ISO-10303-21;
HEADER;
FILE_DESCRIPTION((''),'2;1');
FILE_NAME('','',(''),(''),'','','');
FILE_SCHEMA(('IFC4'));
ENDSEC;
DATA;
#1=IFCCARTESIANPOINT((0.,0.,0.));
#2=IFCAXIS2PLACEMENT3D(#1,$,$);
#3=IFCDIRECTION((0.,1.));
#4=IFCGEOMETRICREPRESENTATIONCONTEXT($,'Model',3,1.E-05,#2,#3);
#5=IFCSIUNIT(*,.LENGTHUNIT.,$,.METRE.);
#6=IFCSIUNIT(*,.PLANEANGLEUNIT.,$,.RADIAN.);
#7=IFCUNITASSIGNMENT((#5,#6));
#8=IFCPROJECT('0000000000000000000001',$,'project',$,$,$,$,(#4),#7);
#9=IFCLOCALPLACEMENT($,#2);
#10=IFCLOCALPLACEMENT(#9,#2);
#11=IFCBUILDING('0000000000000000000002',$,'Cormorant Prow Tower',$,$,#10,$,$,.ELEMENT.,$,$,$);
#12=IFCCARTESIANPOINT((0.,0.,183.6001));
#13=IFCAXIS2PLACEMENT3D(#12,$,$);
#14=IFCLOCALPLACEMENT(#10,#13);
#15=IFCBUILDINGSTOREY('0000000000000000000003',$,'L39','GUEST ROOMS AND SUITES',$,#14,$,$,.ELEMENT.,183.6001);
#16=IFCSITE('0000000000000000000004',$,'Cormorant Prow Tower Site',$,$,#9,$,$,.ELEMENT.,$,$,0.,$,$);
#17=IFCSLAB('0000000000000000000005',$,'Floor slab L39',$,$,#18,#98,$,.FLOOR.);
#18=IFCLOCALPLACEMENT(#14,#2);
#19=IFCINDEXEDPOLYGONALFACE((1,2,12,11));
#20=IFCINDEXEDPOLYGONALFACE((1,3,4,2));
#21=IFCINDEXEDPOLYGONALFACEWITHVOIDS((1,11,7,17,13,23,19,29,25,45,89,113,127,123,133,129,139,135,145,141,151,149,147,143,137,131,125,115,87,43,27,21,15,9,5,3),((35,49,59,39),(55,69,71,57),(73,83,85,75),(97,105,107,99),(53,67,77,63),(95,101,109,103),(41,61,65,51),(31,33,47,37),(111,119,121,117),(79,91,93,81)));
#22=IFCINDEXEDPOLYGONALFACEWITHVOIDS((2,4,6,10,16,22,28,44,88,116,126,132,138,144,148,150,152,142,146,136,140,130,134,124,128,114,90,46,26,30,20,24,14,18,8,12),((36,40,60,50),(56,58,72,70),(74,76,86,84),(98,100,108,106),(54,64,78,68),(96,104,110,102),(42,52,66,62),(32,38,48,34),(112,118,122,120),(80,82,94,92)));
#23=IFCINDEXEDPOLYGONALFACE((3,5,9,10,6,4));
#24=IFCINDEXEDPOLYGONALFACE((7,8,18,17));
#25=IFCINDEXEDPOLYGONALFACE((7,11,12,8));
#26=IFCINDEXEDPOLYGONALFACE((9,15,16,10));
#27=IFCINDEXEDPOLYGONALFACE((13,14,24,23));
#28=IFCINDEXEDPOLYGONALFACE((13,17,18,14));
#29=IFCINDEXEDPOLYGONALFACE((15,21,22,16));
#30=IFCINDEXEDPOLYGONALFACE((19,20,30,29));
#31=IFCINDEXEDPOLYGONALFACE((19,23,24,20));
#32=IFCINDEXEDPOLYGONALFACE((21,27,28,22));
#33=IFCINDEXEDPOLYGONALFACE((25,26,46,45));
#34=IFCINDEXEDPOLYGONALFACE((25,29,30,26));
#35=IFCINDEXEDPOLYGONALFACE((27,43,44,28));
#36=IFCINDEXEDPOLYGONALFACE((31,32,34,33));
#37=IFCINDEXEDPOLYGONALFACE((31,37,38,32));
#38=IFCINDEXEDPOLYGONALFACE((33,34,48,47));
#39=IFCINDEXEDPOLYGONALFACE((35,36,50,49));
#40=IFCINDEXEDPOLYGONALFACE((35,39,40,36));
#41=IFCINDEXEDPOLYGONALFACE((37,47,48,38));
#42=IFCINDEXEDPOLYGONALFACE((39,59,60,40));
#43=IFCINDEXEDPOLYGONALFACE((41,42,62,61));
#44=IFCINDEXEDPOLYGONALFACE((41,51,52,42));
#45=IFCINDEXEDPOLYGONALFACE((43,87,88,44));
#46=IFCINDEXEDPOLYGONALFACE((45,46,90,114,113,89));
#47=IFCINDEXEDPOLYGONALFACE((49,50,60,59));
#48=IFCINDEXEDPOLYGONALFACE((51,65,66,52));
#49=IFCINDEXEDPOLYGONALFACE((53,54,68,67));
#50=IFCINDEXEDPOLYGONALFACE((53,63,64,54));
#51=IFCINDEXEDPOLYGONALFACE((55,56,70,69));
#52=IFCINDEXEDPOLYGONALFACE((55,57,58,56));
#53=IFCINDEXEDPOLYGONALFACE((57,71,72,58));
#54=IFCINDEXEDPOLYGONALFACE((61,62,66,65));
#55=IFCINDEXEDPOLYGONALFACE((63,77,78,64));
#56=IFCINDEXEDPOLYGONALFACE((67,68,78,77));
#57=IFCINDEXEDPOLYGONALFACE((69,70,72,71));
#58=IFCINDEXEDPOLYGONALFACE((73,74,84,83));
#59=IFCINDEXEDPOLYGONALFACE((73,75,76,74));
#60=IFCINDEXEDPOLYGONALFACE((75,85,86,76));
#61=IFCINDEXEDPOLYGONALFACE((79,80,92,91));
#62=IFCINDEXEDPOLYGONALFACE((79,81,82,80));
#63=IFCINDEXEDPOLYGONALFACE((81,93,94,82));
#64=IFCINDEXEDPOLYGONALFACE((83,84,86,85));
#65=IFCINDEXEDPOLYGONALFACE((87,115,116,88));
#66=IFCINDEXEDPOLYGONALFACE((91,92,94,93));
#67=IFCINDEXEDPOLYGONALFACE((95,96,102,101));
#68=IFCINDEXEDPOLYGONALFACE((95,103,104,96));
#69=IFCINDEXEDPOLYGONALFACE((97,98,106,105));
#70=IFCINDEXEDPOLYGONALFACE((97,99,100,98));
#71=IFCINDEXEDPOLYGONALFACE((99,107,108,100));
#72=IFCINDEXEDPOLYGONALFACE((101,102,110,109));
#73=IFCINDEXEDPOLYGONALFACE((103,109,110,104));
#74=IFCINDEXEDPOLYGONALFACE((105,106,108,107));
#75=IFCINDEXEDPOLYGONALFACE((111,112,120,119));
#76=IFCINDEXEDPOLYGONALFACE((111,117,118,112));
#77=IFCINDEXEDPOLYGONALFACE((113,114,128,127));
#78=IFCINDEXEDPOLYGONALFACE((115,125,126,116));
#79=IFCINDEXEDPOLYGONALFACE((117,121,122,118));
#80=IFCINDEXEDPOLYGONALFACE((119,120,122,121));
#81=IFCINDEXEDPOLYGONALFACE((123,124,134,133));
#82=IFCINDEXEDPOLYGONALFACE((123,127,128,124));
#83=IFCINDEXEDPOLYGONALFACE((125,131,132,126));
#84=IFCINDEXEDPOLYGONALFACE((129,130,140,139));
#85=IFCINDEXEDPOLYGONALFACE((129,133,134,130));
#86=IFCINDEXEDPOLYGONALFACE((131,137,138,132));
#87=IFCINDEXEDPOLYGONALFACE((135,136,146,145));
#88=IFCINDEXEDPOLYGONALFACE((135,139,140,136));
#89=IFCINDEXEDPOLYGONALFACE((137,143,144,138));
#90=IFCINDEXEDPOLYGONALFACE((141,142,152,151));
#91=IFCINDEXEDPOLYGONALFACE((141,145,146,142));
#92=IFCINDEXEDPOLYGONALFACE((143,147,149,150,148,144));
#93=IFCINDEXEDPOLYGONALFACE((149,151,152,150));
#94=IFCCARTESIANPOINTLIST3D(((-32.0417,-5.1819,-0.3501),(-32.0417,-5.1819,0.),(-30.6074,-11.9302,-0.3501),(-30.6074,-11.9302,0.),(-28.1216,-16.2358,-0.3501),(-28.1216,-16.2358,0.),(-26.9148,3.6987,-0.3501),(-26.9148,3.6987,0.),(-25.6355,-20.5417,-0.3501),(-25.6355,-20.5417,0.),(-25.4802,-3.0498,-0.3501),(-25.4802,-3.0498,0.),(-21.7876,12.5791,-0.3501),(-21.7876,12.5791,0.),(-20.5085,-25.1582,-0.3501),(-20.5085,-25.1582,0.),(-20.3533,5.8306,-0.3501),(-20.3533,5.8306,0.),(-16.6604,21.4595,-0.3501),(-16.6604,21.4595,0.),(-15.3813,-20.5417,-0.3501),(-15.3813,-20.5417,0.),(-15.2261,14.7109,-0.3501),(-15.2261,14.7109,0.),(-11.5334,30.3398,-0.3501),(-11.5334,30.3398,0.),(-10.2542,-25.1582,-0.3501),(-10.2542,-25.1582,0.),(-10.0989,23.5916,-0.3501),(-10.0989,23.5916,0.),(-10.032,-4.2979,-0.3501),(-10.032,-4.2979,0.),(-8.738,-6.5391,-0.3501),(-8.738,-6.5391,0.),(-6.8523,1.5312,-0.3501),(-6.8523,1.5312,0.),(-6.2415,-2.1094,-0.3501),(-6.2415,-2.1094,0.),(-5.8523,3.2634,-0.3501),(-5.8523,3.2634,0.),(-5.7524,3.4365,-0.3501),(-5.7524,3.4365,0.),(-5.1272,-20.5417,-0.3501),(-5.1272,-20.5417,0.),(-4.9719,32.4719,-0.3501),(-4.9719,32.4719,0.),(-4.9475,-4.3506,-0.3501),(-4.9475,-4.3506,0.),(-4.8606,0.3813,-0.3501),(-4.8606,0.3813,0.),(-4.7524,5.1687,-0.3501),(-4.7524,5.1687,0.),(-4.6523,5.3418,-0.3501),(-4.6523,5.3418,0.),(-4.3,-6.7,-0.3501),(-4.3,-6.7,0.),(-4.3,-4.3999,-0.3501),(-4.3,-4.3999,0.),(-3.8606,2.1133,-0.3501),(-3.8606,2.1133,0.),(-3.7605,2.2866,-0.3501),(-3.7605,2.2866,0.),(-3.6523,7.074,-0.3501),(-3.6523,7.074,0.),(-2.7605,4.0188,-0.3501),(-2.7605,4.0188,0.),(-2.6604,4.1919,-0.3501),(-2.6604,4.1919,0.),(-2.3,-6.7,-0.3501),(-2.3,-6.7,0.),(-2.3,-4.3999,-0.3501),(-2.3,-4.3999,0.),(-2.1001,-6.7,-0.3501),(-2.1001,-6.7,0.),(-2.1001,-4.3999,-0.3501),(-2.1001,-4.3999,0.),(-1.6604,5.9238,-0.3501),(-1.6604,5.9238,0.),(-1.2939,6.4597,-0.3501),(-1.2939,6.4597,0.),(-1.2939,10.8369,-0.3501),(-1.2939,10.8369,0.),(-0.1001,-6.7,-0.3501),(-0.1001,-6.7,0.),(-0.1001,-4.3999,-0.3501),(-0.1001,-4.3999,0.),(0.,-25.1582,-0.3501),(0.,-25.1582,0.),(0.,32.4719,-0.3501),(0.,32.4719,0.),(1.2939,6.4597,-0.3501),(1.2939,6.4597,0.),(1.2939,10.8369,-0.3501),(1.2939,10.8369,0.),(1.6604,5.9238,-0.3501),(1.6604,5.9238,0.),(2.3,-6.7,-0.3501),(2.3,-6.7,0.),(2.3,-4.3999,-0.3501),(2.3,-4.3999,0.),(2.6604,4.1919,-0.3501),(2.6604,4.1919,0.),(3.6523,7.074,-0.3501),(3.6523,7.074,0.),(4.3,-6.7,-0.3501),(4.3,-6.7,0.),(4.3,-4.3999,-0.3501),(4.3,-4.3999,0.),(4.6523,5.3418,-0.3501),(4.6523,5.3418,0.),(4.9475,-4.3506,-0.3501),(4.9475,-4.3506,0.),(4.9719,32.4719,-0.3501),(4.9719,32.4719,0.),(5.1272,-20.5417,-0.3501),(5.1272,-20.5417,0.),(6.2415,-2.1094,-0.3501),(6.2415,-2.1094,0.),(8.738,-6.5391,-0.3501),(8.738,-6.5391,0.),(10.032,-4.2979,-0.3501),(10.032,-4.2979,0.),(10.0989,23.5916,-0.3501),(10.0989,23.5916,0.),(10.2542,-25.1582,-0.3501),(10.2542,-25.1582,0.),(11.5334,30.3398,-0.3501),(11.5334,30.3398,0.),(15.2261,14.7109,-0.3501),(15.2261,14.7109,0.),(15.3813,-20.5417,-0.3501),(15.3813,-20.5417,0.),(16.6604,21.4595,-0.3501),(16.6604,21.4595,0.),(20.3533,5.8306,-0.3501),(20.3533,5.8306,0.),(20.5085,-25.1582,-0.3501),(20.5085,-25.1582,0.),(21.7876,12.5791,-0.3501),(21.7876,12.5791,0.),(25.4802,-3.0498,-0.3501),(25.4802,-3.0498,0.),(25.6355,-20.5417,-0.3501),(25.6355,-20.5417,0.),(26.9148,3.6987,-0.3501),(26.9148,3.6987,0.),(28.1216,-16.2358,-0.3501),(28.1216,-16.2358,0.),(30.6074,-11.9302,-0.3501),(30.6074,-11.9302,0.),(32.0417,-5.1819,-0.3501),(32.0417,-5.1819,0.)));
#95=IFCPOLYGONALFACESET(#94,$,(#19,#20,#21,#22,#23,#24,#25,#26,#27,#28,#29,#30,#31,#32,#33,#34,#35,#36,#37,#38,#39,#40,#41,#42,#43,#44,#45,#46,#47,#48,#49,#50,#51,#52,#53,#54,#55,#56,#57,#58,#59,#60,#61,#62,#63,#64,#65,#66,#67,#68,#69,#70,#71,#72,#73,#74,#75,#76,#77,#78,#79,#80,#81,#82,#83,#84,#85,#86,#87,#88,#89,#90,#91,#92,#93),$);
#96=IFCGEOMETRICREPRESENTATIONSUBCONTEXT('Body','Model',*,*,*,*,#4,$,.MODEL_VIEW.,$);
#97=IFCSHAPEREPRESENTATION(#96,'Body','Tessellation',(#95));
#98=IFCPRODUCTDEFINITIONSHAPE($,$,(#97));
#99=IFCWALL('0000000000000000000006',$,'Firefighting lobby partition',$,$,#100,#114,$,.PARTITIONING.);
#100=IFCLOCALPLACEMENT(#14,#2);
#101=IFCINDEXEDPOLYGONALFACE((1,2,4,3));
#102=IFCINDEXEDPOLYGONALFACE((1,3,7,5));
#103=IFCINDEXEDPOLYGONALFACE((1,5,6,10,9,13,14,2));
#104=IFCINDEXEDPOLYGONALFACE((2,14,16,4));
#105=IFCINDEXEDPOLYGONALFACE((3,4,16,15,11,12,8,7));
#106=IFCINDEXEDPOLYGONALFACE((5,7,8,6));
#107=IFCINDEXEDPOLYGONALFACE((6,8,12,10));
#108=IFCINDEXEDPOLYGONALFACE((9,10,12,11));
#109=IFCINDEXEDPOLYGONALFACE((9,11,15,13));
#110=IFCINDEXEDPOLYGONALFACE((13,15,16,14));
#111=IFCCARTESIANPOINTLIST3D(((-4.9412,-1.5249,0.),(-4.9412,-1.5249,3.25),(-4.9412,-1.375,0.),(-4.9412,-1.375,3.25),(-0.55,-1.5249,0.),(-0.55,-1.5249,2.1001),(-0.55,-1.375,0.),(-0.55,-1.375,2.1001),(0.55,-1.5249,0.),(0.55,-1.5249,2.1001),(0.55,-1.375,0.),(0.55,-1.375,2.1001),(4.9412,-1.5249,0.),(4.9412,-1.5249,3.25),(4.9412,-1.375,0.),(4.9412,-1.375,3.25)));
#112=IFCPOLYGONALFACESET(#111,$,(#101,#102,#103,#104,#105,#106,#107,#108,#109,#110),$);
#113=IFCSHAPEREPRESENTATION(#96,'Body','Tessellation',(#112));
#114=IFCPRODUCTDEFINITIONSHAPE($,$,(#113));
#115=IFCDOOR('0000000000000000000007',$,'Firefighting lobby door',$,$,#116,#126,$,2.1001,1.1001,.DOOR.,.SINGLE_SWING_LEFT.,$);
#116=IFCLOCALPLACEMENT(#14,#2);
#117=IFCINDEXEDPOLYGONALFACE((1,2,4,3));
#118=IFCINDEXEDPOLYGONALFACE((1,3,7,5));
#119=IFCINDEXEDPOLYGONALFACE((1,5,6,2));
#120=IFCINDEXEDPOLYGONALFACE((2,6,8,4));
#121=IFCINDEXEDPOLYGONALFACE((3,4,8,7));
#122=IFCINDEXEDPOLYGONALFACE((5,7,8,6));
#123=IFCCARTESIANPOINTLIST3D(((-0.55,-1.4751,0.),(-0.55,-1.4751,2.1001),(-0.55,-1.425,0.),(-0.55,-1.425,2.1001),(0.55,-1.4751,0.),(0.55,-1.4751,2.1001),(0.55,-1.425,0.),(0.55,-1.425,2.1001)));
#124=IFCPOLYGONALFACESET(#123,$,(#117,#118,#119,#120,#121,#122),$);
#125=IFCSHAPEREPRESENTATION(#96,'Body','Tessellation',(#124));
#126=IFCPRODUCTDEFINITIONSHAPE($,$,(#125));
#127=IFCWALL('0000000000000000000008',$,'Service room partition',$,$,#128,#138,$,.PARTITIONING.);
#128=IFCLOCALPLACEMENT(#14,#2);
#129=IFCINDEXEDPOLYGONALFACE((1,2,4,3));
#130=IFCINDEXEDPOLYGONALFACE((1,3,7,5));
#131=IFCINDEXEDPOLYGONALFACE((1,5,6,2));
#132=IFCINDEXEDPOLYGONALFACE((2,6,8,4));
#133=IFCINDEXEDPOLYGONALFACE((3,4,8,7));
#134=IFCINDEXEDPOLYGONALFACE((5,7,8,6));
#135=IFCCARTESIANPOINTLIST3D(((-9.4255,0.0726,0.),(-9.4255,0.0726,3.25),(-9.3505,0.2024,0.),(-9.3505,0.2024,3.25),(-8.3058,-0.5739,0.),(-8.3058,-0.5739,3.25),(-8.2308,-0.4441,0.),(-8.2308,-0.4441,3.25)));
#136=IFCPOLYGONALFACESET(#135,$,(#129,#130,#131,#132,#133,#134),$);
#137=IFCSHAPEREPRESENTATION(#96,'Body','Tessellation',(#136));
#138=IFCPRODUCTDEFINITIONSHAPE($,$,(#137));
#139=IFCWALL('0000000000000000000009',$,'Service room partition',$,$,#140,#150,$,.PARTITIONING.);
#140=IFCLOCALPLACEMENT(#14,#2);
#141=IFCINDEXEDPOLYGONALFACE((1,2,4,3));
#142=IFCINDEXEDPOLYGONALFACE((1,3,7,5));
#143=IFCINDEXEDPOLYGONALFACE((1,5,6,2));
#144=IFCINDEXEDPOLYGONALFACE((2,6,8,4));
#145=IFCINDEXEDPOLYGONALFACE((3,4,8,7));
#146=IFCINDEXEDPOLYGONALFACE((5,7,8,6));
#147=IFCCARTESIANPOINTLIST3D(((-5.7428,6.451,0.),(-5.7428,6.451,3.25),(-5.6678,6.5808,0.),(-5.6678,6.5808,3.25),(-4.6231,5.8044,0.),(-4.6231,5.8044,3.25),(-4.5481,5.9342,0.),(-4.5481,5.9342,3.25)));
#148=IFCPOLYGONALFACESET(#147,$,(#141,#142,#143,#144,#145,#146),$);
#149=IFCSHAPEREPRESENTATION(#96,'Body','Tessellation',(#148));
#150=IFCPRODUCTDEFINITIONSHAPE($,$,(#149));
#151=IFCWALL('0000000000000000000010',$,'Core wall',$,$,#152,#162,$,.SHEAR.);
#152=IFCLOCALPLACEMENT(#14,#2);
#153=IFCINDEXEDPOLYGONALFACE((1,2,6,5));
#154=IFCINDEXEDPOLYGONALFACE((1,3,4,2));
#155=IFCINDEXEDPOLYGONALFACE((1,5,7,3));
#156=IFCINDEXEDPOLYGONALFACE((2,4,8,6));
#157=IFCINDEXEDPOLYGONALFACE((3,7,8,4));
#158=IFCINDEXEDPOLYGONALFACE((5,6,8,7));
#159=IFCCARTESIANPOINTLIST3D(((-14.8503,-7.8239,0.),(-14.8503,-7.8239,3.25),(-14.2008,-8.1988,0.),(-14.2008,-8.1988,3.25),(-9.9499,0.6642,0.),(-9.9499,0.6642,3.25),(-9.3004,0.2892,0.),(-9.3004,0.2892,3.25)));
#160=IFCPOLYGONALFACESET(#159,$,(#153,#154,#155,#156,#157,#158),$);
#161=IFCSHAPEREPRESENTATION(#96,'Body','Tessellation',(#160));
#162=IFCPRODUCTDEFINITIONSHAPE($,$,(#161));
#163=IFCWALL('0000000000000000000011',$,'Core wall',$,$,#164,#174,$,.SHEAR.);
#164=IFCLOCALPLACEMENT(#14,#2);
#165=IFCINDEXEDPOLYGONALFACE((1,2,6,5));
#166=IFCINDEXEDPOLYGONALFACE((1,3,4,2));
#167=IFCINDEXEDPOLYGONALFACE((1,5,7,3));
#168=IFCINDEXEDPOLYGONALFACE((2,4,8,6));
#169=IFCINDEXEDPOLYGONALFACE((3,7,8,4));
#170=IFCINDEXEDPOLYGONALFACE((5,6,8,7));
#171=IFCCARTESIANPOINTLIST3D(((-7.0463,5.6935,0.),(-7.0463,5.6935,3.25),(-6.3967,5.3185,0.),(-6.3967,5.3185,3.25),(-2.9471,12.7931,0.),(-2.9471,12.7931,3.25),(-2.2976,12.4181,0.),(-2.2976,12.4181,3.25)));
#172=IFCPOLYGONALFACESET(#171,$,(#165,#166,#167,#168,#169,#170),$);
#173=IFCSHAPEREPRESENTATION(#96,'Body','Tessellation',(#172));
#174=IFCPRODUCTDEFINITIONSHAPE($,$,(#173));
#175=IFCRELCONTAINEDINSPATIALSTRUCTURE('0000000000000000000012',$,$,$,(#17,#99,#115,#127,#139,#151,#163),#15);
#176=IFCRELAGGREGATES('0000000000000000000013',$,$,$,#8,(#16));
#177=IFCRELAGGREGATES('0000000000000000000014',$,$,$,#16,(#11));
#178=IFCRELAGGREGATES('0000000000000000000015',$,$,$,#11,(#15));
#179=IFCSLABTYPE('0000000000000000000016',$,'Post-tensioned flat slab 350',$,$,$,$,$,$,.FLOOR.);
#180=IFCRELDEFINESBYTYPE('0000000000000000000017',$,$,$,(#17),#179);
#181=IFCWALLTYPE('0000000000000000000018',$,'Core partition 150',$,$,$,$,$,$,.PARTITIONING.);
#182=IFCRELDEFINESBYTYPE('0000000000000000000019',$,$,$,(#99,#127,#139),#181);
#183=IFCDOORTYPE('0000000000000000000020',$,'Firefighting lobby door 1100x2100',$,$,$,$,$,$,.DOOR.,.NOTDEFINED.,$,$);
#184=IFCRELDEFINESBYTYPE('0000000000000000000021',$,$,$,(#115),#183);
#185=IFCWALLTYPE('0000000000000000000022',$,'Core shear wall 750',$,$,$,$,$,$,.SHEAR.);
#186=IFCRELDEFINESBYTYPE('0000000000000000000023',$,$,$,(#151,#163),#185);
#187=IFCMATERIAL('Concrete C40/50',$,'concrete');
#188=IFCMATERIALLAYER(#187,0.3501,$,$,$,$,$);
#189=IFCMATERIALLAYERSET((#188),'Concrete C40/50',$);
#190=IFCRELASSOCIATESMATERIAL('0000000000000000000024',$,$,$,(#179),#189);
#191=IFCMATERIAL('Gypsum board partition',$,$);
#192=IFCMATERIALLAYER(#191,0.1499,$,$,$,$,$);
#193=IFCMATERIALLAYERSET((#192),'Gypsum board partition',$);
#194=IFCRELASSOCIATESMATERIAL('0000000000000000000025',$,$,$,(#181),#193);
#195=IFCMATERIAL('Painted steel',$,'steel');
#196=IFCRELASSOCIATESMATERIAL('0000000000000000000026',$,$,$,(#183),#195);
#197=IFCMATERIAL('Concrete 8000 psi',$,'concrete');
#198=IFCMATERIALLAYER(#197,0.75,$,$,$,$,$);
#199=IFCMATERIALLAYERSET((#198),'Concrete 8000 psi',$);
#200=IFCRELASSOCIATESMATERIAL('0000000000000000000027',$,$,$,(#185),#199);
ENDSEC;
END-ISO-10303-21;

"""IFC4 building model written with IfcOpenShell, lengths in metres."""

from ifc_helpers import new_model, si_unit, direction, frame, frame_2d, origin, place, context, subcontext, project, spatial, polyline, rectangle, outline, extrude, material, layer, layer_set, type_object, element, fill, save


model = new_model("IFC4")

# Units and contexts
model_context = context("Model", 3, precision=1e-05, world=origin(), true_north=direction((0.0, 1.0)))
body_context = subcontext(model_context, "Body", "Model", "MODEL_VIEW")
ifc_project = project(units=[si_unit("LENGTHUNIT", "METRE"), si_unit("PLANEANGLEUNIT", "RADIAN")], contexts=[model_context])

# Site, building, storey
site_placement = place(None, origin())
site = spatial("IfcSite", under=ifc_project, at=site_placement, Name="Cormorant Prow Tower Site", CompositionType="ELEMENT", RefElevation=0.0)
building_placement = place(site_placement, origin())
building = spatial("IfcBuilding", under=site, at=building_placement, Name="Cormorant Prow Tower", CompositionType="ELEMENT")
storey_placement = place(building_placement, frame((0.0, 0.0, 183.6001)))
storey = spatial("IfcBuildingStorey", under=building, at=storey_placement, Name="L39", Description="GUEST ROOMS AND SUITES", CompositionType="ELEMENT", Elevation=183.6001)

# Slab
ifc_material_1 = material(Name="Concrete C40/50", Category="concrete")
ifc_layer_1 = layer(ifc_material_1, 0.3501)
ifc_layer_set_1 = layer_set([ifc_layer_1], Name="Concrete C40/50")
slab_type_1 = type_object("IfcSlabType", Name="Post-tensioned flat slab 350", PredefinedType="FLOOR", material=ifc_layer_set_1)
slab_1_placement = place(storey_placement, frame((0.0, 0.0, -0.3501)))
element("IfcSlab", 1, at=slab_1_placement, inside=storey, type_object=slab_type_1, Name="Floor slab L39", PredefinedType="FLOOR", context=body_context, shape_type="SweptSolid", body=[
    extrude(outline(polyline([(-10.0989, 23.5916), (-16.6604, 21.4595), (-15.2261, 14.7109), (-21.7876, 12.5791), (-20.3533, 5.8306), (-26.9148, 3.6987), (-25.4802, -3.0498), (-32.0417, -5.1819), (-30.6074, -11.9302), (-28.1216, -16.2358), (-25.6355, -20.5417), (-20.5085, -25.1582), (-15.3813, -20.5417), (-10.2542, -25.1582), (-5.1272, -20.5417), (0.0, -25.1582), (5.1272, -20.5417), (10.2542, -25.1582), (15.3813, -20.5417), (20.5085, -25.1582), (25.6355, -20.5417), (28.1216, -16.2358), (30.6074, -11.9302), (32.0417, -5.1819), (25.4802, -3.0498), (26.9148, 3.6987), (20.3533, 5.8306), (21.7876, 12.5791), (15.2261, 14.7109), (16.6604, 21.4595), (10.0989, 23.5916), (11.5334, 30.3398), (4.9719, 32.4719), (0.0, 32.4719), (-4.9719, 32.4719), (-11.5334, 30.3398), (-10.0989, 23.5916)]), holes=[polyline([(-4.3, -4.3999), (-2.3, -4.3999), (-2.3, -6.7), (-4.3, -6.7), (-4.3, -4.3999)]), polyline([(-0.1001, -4.3999), (-0.1001, -6.7), (-2.1001, -6.7), (-2.1001, -4.3999), (-0.1001, -4.3999)]), polyline([(4.3, -6.7), (2.3, -6.7), (2.3, -4.3999), (4.3, -4.3999), (4.3, -6.7)]), polyline([(4.6523, 5.3418), (2.6604, 4.1919), (1.6604, 5.9238), (3.6523, 7.074), (4.6523, 5.3418)]), polyline([(-1.6604, 5.9238), (-2.6604, 4.1919), (-4.6523, 5.3418), (-3.6523, 7.074), (-1.6604, 5.9238)]), polyline([(-3.7605, 2.2866), (-5.7524, 3.4365), (-4.7524, 5.1687), (-2.7605, 4.0188), (-3.7605, 2.2866)]), polyline([(-6.8523, 1.5312), (-5.8523, 3.2634), (-3.8606, 2.1133), (-4.8606, 0.3813), (-6.8523, 1.5312)]), polyline([(-4.9475, -4.3506), (-8.738, -6.5391), (-10.032, -4.2979), (-6.2415, -2.1094), (-4.9475, -4.3506)]), polyline([(10.032, -4.2979), (8.738, -6.5391), (4.9475, -4.3506), (6.2415, -2.1094), (10.032, -4.2979)]), polyline([(1.2939, 10.8369), (1.2939, 6.4597), (-1.2939, 6.4597), (-1.2939, 10.8369), (1.2939, 10.8369)])]), origin(), (0.0, 0.0, 1.0), 0.3501),
])

# Wall, opening, door
ifc_material_2 = material(Name="Gypsum board partition")
ifc_layer_2 = layer(ifc_material_2, 0.1499)
ifc_layer_set_2 = layer_set([ifc_layer_2], Name="Gypsum board partition")
wall_type_1 = type_object("IfcWallType", Name="Core partition 150", PredefinedType="PARTITIONING", material=ifc_layer_set_2)
wall_1_placement = place(storey_placement, frame((-4.9412, -1.45, 0.0), z_axis=(0.0, 0.0, 1.0), x_axis=(1.0, 0.0, 0.0)))
wall_1 = element("IfcWall", 2, at=wall_1_placement, inside=storey, type_object=wall_type_1, Name="Firefighting lobby partition", PredefinedType="PARTITIONING", context=body_context, shape_type="SweptSolid", body=[
    extrude(rectangle(XDim=9.8823, YDim=0.1499, at=frame_2d((4.9412, 0.0))), origin(), (0.0, 0.0, 1.0), 3.25),
])
opening_1_placement = place(wall_1_placement, frame((4.3911, 0.0, 0.0)))
opening_1 = element("IfcOpeningElement", 3, at=opening_1_placement, cuts=wall_1, PredefinedType="OPENING", context=body_context, shape_type="SweptSolid", body=[
    extrude(rectangle(XDim=1.1001, YDim=2.1001, at=frame_2d((0.55, 1.05))), frame((0.0, 0.085, 0.0), z_axis=(0.0, -1.0, 0.0), x_axis=(1.0, 0.0, 0.0)), (0.0, 0.0, 1.0), 0.1699),
])
ifc_material_3 = material(Name="Painted steel", Category="steel")
door_type_1 = type_object("IfcDoorType", Name="Firefighting lobby door 1100x2100", OperationType="NOTDEFINED", PredefinedType="DOOR", material=ifc_material_3)
door_1_placement = place(opening_1_placement, origin())
door_1 = element("IfcDoor", 4, at=door_1_placement, inside=storey, type_object=door_type_1, Name="Firefighting lobby door", OperationType="SINGLE_SWING_LEFT", OverallHeight=2.1001, OverallWidth=1.1001, PredefinedType="DOOR", context=body_context, shape_type="SweptSolid", body=[
    extrude(rectangle(XDim=1.1001, YDim=2.1001, at=frame_2d((0.55, 1.05))), frame((0.0, 0.0249, 0.0), z_axis=(0.0, -1.0, 0.0), x_axis=(1.0, 0.0, 0.0)), (0.0, 0.0, 1.0), 0.05),
])
fill(opening_1, door_1)

# Walls
for number, where, z_axis, x_axis, name in (
    (5, (-8.2683, -0.509, 0.0), (0.0, 0.0, 1.0), (-0.866003, 0.500038, 0.0), "Service room partition"),
    (6, (-5.7053, 6.5159, 0.0), (0.0, 0.0, 1.0), (0.866003, -0.500038, 0.0), "Service room partition"),
):
    element("IfcWall", number, at=place(storey_placement, frame(where, z_axis=z_axis, x_axis=x_axis)), inside=storey, type_object=wall_type_1, Name=name, PredefinedType="PARTITIONING", context=body_context, shape_type="SweptSolid", body=[
        extrude(rectangle(XDim=1.293, YDim=0.1499, at=frame_2d((0.6465, 0.0))), origin(), (0.0, 0.0, 1.0), 3.25),
    ])
ifc_material_4 = material(Name="Concrete 8000 psi", Category="concrete")
ifc_layer_3 = layer(ifc_material_4, 0.75)
ifc_layer_set_3 = layer_set([ifc_layer_3], Name="Concrete 8000 psi")
wall_type_2 = type_object("IfcWallType", Name="Core shear wall 750", PredefinedType="SHEAR", material=ifc_layer_set_3)
wall_2_placement = place(storey_placement, frame((-9.6252, 0.4766, 0.0), z_axis=(0.0, 0.0, 1.0), x_axis=(-0.499986, -0.866033, 0.0)))
element("IfcWall", 7, at=wall_2_placement, inside=storey, type_object=wall_type_2, Name="Core wall", PredefinedType="SHEAR", context=body_context, shape_type="SweptSolid", body=[
    extrude(rectangle(XDim=9.801, YDim=0.75, at=frame_2d((4.9004, 0.0))), origin(), (0.0, 0.0, 1.0), 3.25),
])
wall_3_placement = place(storey_placement, frame((-2.6223, 12.6057, 0.0), z_axis=(0.0, 0.0, 1.0), x_axis=(-0.500015, -0.866017, 0.0)))
element("IfcWall", 8, at=wall_3_placement, inside=storey, type_object=wall_type_2, Name="Core wall", PredefinedType="SHEAR", context=body_context, shape_type="SweptSolid", body=[
    extrude(rectangle(XDim=8.198, YDim=0.75, at=frame_2d((4.0991, 0.0))), origin(), (0.0, 0.0, 1.0), 3.25),
])

save(model, "model.ifc")
